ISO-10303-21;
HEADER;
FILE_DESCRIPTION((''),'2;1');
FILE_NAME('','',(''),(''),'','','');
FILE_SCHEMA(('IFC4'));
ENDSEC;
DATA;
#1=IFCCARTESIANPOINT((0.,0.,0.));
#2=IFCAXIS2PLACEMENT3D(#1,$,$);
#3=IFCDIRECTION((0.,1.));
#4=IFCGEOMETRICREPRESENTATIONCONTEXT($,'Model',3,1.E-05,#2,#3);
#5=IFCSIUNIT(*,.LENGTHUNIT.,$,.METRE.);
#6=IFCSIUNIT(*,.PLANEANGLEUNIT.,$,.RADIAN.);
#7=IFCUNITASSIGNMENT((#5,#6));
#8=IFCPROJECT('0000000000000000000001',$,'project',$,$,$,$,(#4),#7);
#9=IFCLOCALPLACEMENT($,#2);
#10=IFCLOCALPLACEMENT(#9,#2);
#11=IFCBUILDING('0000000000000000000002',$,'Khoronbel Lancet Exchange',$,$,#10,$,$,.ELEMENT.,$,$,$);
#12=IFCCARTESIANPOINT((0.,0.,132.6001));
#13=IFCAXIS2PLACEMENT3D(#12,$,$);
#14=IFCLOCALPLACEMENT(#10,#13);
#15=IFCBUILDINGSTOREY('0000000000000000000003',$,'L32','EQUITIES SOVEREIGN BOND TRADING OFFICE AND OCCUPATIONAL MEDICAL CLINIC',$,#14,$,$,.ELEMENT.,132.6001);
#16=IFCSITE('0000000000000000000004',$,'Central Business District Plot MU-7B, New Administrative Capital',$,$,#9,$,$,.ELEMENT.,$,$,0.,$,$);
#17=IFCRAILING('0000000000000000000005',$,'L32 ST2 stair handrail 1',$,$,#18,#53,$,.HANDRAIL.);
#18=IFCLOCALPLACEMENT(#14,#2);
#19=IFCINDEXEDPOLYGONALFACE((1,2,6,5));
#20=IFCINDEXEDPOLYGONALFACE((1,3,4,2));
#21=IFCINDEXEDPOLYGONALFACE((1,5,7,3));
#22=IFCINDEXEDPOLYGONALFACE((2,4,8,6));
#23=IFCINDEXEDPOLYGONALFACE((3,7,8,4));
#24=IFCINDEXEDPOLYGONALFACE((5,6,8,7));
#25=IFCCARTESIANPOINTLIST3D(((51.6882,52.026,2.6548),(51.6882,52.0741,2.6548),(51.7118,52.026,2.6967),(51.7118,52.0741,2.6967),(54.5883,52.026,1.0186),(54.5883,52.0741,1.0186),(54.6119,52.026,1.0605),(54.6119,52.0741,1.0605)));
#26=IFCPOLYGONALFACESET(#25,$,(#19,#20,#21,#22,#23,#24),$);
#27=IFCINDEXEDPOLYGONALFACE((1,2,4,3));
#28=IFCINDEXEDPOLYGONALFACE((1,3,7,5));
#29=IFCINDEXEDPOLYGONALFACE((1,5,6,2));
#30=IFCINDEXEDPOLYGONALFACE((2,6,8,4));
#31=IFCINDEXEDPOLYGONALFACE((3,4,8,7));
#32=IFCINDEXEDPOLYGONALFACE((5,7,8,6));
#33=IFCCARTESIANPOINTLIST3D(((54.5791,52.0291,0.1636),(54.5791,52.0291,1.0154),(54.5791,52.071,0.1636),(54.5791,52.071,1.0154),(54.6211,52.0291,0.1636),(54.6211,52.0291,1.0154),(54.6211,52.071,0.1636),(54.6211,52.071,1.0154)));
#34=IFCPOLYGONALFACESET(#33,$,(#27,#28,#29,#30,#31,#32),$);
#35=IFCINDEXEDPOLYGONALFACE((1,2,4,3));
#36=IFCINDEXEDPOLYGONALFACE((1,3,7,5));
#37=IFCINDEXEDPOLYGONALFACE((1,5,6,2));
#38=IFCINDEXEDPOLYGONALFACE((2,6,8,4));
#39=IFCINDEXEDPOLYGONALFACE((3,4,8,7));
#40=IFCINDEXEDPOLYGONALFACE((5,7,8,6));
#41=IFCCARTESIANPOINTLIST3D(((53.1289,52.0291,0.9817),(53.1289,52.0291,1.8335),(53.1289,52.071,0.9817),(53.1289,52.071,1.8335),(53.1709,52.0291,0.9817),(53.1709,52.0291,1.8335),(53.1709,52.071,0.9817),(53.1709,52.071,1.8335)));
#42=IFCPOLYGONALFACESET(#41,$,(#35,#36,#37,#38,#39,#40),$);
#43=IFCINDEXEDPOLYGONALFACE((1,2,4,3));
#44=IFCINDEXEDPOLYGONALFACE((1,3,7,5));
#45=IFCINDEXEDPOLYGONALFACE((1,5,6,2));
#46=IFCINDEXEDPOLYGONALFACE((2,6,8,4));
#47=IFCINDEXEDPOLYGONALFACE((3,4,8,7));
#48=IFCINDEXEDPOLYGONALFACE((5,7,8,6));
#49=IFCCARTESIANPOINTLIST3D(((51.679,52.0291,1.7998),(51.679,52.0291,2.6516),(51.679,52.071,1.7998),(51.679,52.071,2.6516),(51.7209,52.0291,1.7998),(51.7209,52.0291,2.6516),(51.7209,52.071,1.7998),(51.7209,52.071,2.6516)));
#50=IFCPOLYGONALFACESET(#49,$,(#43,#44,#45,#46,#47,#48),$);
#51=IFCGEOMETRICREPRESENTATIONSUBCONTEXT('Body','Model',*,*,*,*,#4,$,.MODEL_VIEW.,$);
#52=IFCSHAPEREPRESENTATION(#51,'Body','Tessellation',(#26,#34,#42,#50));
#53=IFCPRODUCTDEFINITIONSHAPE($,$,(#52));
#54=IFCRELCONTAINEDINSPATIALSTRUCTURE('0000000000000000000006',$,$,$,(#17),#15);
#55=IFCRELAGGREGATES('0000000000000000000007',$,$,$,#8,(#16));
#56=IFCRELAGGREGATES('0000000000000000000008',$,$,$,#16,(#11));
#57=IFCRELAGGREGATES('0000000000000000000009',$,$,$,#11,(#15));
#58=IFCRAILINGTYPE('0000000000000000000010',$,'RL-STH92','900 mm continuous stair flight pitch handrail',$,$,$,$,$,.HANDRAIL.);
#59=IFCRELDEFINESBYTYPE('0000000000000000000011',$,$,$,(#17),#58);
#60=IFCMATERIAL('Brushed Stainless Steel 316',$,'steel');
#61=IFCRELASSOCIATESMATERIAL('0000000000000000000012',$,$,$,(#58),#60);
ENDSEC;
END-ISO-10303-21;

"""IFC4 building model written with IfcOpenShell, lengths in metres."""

from ifc_helpers import new_model, si_unit, direction, frame, origin, origin_2d, place, context, subcontext, project, spatial, rectangle, extrude, material, type_object, element, save


model = new_model("IFC4")

# Units and contexts
model_context = context("Model", 3, precision=1e-05, world=origin(), true_north=direction((0.0, 1.0)))
body_context = subcontext(model_context, "Body", "Model", "MODEL_VIEW")
ifc_project = project(units=[si_unit("LENGTHUNIT", "METRE"), si_unit("PLANEANGLEUNIT", "RADIAN")], contexts=[model_context])

# Site, building, storey
site_placement = place(None, origin())
site = spatial("IfcSite", under=ifc_project, at=site_placement, Name="Central Business District Plot MU-7B, New Administrative Capital", CompositionType="ELEMENT", RefElevation=0.0)
building_placement = place(site_placement, origin())
building = spatial("IfcBuilding", under=site, at=building_placement, Name="Khoronbel Lancet Exchange", CompositionType="ELEMENT")
storey_placement = place(building_placement, frame((0.0, 0.0, 132.6001)))
storey = spatial("IfcBuildingStorey", under=building, at=storey_placement, Name="L32", Description="EQUITIES SOVEREIGN BOND TRADING OFFICE AND OCCUPATIONAL MEDICAL CLINIC", CompositionType="ELEMENT", Elevation=132.6001)

# Railing
ifc_material_1 = material(Name="Brushed Stainless Steel 316", Category="steel")
railing_type_1 = type_object("IfcRailingType", Name="RL-STH92", Description="900 mm continuous stair flight pitch handrail", PredefinedType="HANDRAIL", material=ifc_material_1)
railing_1_placement = place(storey_placement, frame((54.6001, 52.05, 0.1636)))
element("IfcRailing", 1, at=railing_1_placement, inside=storey, type_object=railing_type_1, Name="L32 ST2 stair handrail 1", PredefinedType="HANDRAIL", context=body_context, shape_type="SweptSolid", body=[
    extrude(rectangle(XDim=0.0481, YDim=0.0481, at=origin_2d()), frame((0.0, 0.0, 0.876), z_axis=(-0.870946, 0.0, 0.491378), x_axis=(0.0, -1.0, 0.0)), (0.0, 0.0, 1.0), 3.3298),
    extrude(rectangle(XDim=0.042, YDim=0.042, at=origin_2d()), origin(), (0.0, 0.0, 1.0), 0.8518),
    extrude(rectangle(XDim=0.042, YDim=0.042, at=origin_2d()), frame((-1.4502, 0.0, 0.8181)), (0.0, 0.0, 1.0), 0.8518),
    extrude(rectangle(XDim=0.042, YDim=0.042, at=origin_2d()), frame((-2.9001, 0.0, 1.6362)), (0.0, 0.0, 1.0), 0.8518),
])

save(model, "model.ifc")
